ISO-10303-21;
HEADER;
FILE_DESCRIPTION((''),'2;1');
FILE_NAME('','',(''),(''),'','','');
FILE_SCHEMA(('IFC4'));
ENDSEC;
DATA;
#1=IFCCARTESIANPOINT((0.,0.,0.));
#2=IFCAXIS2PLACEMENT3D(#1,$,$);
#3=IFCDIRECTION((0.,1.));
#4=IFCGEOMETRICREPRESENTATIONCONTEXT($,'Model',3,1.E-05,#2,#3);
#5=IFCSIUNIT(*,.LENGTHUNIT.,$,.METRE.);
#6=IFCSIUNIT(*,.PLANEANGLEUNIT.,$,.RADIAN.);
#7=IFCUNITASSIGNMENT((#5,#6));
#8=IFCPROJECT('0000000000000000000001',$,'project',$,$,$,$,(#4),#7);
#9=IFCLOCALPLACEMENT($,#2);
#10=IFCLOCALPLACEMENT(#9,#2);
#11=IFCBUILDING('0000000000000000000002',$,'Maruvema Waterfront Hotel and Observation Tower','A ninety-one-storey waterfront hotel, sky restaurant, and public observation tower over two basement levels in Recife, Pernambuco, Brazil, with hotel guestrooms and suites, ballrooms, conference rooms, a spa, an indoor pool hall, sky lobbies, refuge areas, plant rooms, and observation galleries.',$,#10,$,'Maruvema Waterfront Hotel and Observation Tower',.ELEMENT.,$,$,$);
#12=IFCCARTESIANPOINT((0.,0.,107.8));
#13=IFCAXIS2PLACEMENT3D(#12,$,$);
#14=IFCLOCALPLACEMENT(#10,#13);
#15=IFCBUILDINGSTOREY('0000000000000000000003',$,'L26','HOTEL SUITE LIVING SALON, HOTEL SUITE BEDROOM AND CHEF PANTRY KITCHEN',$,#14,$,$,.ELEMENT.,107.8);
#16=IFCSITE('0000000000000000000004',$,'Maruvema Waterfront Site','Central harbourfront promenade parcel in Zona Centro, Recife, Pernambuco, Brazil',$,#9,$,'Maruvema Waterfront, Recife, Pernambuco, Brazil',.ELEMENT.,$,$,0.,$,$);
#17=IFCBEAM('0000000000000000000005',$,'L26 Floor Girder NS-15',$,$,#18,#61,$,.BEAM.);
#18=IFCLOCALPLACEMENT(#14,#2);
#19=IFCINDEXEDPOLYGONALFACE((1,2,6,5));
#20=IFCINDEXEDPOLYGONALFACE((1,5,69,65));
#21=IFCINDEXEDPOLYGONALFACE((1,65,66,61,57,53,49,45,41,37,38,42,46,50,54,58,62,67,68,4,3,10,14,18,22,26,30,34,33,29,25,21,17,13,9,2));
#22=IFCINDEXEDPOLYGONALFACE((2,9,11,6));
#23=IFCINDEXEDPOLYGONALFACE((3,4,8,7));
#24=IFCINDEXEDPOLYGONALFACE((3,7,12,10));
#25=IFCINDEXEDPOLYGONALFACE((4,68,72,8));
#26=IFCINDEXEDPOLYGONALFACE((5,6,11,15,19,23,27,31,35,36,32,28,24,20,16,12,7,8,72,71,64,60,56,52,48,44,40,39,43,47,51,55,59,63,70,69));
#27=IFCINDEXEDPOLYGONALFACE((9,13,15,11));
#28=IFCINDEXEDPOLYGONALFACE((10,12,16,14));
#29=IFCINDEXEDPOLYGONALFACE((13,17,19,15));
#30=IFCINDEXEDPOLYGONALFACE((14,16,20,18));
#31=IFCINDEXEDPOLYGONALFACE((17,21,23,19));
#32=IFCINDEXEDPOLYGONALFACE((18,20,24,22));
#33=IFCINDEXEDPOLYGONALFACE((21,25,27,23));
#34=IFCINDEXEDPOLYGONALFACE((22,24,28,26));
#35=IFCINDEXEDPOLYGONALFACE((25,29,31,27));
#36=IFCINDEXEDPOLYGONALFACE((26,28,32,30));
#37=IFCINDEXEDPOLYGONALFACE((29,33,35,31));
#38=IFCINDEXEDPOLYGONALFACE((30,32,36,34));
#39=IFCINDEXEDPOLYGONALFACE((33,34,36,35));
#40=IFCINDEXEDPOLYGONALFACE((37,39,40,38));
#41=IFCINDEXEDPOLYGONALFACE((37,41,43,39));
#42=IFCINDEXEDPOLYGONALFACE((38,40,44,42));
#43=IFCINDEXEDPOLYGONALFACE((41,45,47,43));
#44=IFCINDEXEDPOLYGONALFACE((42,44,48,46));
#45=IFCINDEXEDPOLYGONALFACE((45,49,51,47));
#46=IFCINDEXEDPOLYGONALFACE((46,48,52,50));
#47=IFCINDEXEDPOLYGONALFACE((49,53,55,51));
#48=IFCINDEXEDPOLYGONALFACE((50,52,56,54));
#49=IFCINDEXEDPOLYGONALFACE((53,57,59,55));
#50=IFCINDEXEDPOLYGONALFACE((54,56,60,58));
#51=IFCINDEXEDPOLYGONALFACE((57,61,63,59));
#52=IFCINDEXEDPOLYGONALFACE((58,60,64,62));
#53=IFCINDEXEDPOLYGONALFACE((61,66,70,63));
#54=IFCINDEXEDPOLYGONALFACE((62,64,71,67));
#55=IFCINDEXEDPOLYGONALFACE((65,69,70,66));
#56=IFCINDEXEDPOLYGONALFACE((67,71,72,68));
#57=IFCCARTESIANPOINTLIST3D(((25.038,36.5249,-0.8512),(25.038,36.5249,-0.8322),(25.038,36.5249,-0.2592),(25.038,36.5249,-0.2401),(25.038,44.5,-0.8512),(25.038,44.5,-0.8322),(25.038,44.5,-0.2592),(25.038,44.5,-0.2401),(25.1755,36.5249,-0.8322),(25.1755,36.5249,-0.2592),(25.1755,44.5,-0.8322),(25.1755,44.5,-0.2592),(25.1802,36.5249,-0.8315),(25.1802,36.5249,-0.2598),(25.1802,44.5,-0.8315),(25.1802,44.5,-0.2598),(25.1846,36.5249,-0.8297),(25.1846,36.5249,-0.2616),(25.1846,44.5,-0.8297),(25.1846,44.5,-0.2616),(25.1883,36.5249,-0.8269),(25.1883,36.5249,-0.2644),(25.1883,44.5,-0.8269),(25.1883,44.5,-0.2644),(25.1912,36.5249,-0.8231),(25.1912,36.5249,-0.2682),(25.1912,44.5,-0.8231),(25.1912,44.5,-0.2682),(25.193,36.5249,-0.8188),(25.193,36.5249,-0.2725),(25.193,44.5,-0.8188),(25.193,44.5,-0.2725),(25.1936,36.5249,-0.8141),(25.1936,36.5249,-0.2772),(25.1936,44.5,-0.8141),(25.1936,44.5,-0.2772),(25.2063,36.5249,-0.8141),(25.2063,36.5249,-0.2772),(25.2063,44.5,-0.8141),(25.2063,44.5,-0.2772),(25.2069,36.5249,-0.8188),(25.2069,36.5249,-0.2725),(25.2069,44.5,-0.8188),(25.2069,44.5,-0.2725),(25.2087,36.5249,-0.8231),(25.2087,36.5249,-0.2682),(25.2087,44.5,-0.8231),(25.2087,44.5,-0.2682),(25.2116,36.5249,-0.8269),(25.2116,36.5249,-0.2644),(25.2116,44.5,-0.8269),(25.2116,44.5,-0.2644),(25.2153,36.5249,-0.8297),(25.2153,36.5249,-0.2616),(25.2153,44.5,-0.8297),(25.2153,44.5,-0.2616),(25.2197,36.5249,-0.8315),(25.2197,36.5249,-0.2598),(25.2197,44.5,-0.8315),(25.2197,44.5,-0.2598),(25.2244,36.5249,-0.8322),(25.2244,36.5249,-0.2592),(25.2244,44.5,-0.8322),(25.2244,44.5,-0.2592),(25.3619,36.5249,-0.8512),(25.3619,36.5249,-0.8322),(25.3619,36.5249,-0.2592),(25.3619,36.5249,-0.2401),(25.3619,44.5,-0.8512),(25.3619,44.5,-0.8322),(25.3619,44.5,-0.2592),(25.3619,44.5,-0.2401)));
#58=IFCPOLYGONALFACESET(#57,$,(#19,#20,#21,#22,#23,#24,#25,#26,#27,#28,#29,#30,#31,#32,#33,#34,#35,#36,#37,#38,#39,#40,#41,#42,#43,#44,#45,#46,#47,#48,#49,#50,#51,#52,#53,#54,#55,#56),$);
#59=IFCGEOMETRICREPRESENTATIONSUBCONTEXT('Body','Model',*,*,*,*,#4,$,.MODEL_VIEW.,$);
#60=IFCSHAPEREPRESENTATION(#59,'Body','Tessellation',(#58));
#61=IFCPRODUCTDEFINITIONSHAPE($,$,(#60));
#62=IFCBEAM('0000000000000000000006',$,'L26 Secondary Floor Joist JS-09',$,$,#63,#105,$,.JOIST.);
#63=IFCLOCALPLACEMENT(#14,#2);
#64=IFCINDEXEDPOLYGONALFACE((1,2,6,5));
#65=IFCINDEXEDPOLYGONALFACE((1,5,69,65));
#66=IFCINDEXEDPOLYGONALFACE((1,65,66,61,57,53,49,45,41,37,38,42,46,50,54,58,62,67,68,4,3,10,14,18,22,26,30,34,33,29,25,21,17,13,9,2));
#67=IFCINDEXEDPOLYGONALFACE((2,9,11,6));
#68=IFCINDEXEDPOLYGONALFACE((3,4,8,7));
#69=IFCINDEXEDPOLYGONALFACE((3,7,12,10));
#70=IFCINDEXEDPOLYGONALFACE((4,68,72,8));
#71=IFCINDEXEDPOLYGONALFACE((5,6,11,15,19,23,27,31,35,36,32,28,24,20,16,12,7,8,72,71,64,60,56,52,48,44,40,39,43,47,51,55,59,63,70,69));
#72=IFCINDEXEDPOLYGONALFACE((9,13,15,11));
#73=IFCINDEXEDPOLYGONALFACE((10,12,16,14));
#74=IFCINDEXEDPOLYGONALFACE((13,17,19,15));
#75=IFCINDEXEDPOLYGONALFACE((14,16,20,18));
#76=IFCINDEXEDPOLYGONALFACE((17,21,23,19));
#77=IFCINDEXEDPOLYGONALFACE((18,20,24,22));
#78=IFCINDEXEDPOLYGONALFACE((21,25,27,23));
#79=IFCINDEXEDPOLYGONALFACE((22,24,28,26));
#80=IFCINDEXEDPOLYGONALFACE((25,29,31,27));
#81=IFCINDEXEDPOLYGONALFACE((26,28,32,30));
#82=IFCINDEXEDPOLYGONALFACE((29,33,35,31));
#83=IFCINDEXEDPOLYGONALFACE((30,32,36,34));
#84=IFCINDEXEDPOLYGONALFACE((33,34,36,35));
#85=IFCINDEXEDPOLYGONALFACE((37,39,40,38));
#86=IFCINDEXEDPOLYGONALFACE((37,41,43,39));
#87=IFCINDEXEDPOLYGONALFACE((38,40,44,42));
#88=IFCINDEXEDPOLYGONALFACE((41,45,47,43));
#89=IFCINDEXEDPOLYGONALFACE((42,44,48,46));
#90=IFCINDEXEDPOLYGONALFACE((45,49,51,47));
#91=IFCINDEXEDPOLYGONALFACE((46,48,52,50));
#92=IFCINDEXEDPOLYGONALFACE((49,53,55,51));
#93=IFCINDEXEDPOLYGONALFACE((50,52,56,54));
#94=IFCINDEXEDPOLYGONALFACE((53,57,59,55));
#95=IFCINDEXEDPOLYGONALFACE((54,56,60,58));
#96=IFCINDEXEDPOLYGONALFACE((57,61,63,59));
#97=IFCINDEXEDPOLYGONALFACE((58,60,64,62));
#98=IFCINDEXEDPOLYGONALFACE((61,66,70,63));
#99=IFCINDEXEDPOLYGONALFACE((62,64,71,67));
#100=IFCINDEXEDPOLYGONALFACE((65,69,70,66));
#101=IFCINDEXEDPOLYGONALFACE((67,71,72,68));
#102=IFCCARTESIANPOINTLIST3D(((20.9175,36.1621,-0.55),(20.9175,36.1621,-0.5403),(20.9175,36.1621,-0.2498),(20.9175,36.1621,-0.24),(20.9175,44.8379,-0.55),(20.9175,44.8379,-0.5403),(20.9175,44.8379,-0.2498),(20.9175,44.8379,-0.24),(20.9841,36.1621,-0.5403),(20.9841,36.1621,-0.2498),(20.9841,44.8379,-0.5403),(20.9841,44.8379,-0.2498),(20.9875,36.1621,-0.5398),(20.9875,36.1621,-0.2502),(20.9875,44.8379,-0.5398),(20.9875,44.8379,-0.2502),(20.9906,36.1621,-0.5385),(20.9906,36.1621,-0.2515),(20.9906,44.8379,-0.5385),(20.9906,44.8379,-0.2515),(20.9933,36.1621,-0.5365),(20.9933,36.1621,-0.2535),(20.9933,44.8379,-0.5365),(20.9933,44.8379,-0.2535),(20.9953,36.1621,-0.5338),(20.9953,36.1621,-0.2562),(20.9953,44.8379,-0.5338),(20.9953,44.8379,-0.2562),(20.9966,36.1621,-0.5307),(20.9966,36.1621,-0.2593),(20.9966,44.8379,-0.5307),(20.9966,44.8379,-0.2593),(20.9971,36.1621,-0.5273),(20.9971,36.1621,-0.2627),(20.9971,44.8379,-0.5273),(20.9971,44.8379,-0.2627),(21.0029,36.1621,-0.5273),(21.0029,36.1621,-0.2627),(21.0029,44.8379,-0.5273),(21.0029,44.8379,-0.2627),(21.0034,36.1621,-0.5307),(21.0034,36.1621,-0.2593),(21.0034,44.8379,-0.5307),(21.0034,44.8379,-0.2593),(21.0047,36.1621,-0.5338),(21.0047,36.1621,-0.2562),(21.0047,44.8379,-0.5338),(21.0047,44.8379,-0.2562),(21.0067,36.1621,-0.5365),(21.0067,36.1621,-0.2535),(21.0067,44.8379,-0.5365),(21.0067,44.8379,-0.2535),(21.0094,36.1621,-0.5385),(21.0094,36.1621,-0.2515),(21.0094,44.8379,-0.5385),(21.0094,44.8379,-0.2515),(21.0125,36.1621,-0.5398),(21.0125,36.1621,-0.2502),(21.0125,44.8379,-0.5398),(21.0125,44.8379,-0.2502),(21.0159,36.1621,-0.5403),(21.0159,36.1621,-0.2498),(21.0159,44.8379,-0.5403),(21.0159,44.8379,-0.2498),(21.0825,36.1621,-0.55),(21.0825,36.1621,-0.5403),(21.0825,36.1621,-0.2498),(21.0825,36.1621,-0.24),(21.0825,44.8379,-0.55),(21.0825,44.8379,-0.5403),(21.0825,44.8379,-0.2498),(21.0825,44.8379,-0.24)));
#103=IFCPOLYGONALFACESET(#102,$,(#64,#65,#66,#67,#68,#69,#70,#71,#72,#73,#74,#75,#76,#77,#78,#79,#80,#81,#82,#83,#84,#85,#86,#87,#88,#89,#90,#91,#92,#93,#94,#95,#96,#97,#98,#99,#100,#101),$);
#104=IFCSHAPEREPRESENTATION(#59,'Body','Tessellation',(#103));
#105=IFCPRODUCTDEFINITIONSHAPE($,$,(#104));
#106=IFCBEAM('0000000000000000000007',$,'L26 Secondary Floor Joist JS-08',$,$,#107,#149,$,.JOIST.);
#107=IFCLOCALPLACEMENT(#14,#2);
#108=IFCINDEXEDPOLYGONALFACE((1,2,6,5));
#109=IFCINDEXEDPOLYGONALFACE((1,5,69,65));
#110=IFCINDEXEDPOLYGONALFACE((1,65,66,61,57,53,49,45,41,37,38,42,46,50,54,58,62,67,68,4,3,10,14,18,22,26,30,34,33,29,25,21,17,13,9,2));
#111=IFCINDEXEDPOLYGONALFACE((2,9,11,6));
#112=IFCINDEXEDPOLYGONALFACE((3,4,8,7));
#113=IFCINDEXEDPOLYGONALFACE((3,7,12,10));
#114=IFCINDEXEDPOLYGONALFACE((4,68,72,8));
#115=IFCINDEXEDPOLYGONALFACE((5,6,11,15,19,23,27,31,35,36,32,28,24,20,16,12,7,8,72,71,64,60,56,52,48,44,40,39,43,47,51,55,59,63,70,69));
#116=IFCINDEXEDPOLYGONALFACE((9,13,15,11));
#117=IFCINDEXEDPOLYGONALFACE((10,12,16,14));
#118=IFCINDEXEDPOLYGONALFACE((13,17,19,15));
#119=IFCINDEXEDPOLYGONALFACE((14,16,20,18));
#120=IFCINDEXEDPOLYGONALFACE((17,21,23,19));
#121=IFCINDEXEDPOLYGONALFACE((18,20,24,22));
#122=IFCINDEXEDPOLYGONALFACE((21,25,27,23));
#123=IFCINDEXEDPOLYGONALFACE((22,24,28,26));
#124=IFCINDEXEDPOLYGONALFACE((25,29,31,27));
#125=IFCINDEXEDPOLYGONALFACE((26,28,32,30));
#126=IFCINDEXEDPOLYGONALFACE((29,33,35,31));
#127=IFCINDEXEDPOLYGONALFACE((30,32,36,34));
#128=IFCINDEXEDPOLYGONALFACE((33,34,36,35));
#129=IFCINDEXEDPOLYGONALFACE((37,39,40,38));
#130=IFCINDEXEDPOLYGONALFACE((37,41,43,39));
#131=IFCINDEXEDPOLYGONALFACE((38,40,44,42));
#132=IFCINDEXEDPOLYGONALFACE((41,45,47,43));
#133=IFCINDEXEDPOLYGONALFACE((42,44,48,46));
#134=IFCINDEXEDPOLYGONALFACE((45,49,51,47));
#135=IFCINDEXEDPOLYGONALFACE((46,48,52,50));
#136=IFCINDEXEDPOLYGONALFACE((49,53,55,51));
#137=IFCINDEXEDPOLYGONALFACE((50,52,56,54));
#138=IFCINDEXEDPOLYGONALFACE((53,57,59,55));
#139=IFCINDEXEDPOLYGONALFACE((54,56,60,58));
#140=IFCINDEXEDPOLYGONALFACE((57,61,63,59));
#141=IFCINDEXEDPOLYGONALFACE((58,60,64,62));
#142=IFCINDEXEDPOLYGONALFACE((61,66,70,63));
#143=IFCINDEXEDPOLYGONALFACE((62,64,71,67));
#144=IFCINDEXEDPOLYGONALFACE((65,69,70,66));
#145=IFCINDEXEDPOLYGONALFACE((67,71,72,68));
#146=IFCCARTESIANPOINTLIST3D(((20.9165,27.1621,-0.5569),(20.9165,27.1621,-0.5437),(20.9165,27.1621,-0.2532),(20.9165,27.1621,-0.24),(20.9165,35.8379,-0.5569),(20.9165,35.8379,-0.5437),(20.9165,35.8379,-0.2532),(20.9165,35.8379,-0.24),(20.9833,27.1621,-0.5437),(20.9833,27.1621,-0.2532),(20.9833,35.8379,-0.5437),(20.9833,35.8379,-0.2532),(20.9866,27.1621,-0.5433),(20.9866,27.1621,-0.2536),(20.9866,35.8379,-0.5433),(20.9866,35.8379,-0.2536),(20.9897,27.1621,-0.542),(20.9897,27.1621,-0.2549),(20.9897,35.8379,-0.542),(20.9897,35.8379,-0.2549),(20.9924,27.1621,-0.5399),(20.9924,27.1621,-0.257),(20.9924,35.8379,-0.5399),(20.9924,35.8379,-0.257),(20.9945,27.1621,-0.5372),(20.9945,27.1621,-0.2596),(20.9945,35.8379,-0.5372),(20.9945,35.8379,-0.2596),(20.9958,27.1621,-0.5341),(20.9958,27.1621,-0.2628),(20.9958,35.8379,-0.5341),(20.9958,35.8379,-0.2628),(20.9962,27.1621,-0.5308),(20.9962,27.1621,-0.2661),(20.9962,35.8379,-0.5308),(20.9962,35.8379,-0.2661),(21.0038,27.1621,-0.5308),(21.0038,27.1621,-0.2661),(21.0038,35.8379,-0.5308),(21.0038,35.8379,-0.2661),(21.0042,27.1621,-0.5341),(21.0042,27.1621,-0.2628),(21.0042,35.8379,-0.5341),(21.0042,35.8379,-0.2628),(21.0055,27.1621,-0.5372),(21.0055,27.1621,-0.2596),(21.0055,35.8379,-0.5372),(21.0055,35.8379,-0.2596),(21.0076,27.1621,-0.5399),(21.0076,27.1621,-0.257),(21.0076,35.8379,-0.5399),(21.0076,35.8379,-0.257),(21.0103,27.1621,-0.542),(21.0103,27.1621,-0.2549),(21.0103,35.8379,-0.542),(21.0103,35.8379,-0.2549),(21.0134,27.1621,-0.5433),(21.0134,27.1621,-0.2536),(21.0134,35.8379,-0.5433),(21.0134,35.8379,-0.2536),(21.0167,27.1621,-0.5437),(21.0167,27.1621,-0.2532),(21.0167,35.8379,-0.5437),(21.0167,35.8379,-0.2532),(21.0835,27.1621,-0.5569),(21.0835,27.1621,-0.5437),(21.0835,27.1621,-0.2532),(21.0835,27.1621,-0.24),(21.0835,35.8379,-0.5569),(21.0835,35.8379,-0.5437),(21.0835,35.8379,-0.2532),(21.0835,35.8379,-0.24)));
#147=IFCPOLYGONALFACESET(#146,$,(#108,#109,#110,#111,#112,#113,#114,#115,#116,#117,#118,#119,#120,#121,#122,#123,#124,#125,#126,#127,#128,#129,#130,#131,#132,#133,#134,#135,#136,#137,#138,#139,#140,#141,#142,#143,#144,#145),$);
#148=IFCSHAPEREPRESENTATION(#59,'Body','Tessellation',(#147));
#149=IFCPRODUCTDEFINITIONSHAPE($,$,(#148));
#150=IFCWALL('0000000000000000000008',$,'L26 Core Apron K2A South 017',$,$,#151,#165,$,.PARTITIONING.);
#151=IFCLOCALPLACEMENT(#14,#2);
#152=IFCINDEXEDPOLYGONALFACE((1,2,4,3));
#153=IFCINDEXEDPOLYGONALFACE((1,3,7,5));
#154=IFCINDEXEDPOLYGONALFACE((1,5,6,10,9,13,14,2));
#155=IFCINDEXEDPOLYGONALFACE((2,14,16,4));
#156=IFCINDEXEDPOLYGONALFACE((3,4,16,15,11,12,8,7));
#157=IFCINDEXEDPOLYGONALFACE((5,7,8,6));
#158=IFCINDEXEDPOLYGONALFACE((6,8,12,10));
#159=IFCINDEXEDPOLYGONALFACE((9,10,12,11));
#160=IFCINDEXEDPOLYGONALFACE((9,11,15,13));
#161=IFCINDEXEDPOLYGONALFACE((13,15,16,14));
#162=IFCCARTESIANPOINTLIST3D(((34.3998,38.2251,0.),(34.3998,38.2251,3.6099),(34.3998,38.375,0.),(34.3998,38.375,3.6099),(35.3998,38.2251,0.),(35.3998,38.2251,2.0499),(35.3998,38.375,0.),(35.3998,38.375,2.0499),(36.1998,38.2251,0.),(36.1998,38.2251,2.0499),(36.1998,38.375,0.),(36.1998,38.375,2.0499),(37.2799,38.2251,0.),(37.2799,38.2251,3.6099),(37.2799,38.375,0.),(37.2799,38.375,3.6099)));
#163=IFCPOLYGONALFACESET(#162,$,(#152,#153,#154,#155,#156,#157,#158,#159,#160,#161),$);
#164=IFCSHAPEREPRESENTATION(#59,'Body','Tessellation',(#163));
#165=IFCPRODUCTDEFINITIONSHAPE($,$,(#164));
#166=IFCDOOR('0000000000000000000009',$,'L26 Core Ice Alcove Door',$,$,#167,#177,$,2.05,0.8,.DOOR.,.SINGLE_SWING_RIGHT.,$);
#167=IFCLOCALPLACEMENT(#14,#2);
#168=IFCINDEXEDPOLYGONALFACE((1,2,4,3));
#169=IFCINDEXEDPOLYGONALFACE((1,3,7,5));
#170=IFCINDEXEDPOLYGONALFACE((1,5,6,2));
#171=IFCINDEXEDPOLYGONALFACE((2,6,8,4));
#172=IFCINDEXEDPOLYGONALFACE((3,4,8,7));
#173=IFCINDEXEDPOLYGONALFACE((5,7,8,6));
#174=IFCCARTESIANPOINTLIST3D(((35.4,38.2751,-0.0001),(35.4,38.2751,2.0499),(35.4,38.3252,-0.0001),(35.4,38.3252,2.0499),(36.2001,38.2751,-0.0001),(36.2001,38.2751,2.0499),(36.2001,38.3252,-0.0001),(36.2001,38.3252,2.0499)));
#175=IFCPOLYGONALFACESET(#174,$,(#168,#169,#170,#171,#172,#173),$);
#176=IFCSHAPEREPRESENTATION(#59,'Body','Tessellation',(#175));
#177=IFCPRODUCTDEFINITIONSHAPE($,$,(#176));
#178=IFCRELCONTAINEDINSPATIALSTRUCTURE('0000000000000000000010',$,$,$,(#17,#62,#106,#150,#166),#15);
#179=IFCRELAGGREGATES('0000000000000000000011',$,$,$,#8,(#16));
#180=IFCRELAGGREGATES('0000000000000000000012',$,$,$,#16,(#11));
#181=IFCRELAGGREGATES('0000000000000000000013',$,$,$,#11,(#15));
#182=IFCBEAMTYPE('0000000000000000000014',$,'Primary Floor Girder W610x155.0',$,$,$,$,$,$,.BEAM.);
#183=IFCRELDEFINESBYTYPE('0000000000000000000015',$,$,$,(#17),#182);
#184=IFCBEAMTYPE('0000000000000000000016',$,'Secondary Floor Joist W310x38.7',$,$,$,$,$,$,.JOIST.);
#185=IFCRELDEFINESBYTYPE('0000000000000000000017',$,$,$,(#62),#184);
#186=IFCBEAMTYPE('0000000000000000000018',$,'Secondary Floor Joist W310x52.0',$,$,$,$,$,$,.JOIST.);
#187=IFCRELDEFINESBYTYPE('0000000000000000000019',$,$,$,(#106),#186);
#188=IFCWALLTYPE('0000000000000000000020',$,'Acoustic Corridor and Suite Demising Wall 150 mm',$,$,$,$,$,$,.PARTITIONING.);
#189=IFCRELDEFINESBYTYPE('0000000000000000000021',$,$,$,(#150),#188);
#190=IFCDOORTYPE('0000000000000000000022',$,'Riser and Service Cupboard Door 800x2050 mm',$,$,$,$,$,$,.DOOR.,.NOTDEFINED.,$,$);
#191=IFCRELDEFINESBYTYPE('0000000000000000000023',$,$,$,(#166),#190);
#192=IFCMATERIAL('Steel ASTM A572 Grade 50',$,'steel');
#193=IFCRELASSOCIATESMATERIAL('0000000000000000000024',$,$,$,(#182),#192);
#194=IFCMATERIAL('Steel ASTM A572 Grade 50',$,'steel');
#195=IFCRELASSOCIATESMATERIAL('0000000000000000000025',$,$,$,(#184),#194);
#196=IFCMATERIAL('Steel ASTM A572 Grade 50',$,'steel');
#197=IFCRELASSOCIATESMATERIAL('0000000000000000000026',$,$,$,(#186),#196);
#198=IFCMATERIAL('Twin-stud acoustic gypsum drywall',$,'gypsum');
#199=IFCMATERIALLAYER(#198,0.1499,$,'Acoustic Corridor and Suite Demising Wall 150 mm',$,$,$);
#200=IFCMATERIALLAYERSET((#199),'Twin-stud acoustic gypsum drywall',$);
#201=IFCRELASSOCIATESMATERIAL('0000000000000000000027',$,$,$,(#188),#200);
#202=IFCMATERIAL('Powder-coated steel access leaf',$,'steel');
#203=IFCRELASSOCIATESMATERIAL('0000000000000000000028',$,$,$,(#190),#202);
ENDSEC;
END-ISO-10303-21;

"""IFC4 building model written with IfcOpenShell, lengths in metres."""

from ifc_helpers import new_model, si_unit, direction, frame, frame_2d, origin, origin_2d, place, context, subcontext, project, spatial, rectangle, i_section, extrude, material, layer, layer_set, material_profile, profile_set, type_object, element, fill, save


model = new_model("IFC4")

# Units and contexts
model_context = context("Model", 3, precision=1e-05, world=origin(), true_north=direction((0.0, 1.0)))
body_context = subcontext(model_context, "Body", "Model", "MODEL_VIEW")
ifc_project = project(units=[si_unit("LENGTHUNIT", "METRE"), si_unit("PLANEANGLEUNIT", "RADIAN")], contexts=[model_context])

# Site, building, storey
site_placement = place(None, origin())
site = spatial("IfcSite", under=ifc_project, at=site_placement, Name="Maruvema Waterfront Site", Description="Central harbourfront promenade parcel in Zona Centro, Recife, Pernambuco, Brazil", LongName="Maruvema Waterfront, Recife, Pernambuco, Brazil", CompositionType="ELEMENT", RefElevation=0.0)
building_placement = place(site_placement, origin())
building = spatial("IfcBuilding", under=site, at=building_placement, Name="Maruvema Waterfront Hotel and Observation Tower", Description="A ninety-one-storey waterfront hotel, sky restaurant, and public observation tower over two basement levels in Recife, Pernambuco, Brazil, with hotel guestrooms and suites, ballrooms, conference rooms, a spa, an indoor pool hall, sky lobbies, refuge areas, plant rooms, and observation galleries.", LongName="Maruvema Waterfront Hotel and Observation Tower", CompositionType="ELEMENT")
storey_placement = place(building_placement, frame((0.0, 0.0, 107.8)))
storey = spatial("IfcBuildingStorey", under=building, at=storey_placement, Name="L26", Description="HOTEL SUITE LIVING SALON, HOTEL SUITE BEDROOM AND CHEF PANTRY KITCHEN", CompositionType="ELEMENT", Elevation=107.8)

# Beams
ifc_material_1 = material(Name="Steel ASTM A572 Grade 50", Category="steel")
ifc_material_profile_1 = material_profile(ifc_material_1, i_section(OverallWidth=0.324, OverallDepth=0.6111, WebThickness=0.0127, FlangeThickness=0.019, FilletRadius=0.0181, at=origin_2d()), Name="W610x155.0")
ifc_profile_set_1 = profile_set([ifc_material_profile_1], Name="Steel ASTM A572 Grade 50")
beam_type_1 = type_object("IfcBeamType", Name="Primary Floor Girder W610x155.0", PredefinedType="BEAM", material=ifc_profile_set_1)
for number, where, z_axis, x_axis, name in (
    (1, (25.2, 36.5249, -0.5457), (0.0, 1.0, 0.0), (-1.0, 0.0, 0.0), "L26 Floor Girder NS-15"),
):
    element("IfcBeam", number, at=place(storey_placement, frame(where, z_axis=z_axis, x_axis=x_axis)), inside=storey, type_object=beam_type_1, Name=name, PredefinedType="BEAM", context=body_context, shape_type="SweptSolid", body=[
        extrude(i_section(OverallWidth=0.324, OverallDepth=0.6111, WebThickness=0.0127, FlangeThickness=0.019, FilletRadius=0.0181, at=origin_2d()), origin(), (0.0, 0.0, 1.0), 7.9751),
    ])
ifc_material_2 = material(Name="Steel ASTM A572 Grade 50", Category="steel")
ifc_material_profile_2 = material_profile(ifc_material_2, i_section(OverallWidth=0.165, OverallDepth=0.3101, WebThickness=0.0059, FlangeThickness=0.0098, FilletRadius=0.0129, at=origin_2d()), Name="W310x38.7")
ifc_profile_set_2 = profile_set([ifc_material_profile_2], Name="Steel ASTM A572 Grade 50")
beam_type_2 = type_object("IfcBeamType", Name="Secondary Floor Joist W310x38.7", PredefinedType="JOIST", material=ifc_profile_set_2)
beam_1_placement = place(storey_placement, frame((21.0, 36.1621, -0.395), z_axis=(0.0, 1.0, 0.0), x_axis=(-1.0, 0.0, 0.0)))
element("IfcBeam", 2, at=beam_1_placement, inside=storey, type_object=beam_type_2, Name="L26 Secondary Floor Joist JS-09", PredefinedType="JOIST", context=body_context, shape_type="SweptSolid", body=[
    extrude(i_section(OverallWidth=0.165, OverallDepth=0.3101, WebThickness=0.0059, FlangeThickness=0.0098, FilletRadius=0.0129, at=origin_2d()), origin(), (0.0, 0.0, 1.0), 8.6758),
])
ifc_material_3 = material(Name="Steel ASTM A572 Grade 50", Category="steel")
ifc_material_profile_3 = material_profile(ifc_material_3, i_section(OverallWidth=0.167, OverallDepth=0.3169, WebThickness=0.0076, FlangeThickness=0.0132, FilletRadius=0.0129, at=origin_2d()), Name="W310x52.0")
ifc_profile_set_3 = profile_set([ifc_material_profile_3], Name="Steel ASTM A572 Grade 50")
beam_type_3 = type_object("IfcBeamType", Name="Secondary Floor Joist W310x52.0", PredefinedType="JOIST", material=ifc_profile_set_3)
beam_2_placement = place(storey_placement, frame((21.0, 27.1621, -0.3984), z_axis=(0.0, 1.0, 0.0), x_axis=(-1.0, 0.0, 0.0)))
element("IfcBeam", 3, at=beam_2_placement, inside=storey, type_object=beam_type_3, Name="L26 Secondary Floor Joist JS-08", PredefinedType="JOIST", context=body_context, shape_type="SweptSolid", body=[
    extrude(i_section(OverallWidth=0.167, OverallDepth=0.3169, WebThickness=0.0076, FlangeThickness=0.0132, FilletRadius=0.0129, at=origin_2d()), origin(), (0.0, 0.0, 1.0), 8.6758),
])

# Wall, opening, door
ifc_material_4 = material(Name="Twin-stud acoustic gypsum drywall", Category="gypsum")
ifc_layer_1 = layer(ifc_material_4, 0.1499, Name="Acoustic Corridor and Suite Demising Wall 150 mm")
ifc_layer_set_1 = layer_set([ifc_layer_1], Name="Twin-stud acoustic gypsum drywall")
wall_type_1 = type_object("IfcWallType", Name="Acoustic Corridor and Suite Demising Wall 150 mm", PredefinedType="PARTITIONING", material=ifc_layer_set_1)
wall_1_placement = place(storey_placement, frame((34.3999, 38.3, 0.0), z_axis=(0.0, 0.0, 1.0), x_axis=(1.0, 0.0, 0.0)))
wall_1 = element("IfcWall", 4, at=wall_1_placement, inside=storey, type_object=wall_type_1, Name="L26 Core Apron K2A South 017", PredefinedType="PARTITIONING", context=body_context, shape_type="SweptSolid", body=[
    extrude(rectangle(XDim=2.8801, YDim=0.1499, at=frame_2d((1.4399, 0.0))), origin(), (0.0, 0.0, 1.0), 3.6099),
])
opening_1_placement = place(wall_1_placement, frame((1.0, 0.0, 0.0)))
opening_1 = element("IfcOpeningElement", 5, at=opening_1_placement, cuts=wall_1, PredefinedType="OPENING", context=body_context, shape_type="SweptSolid", body=[
    extrude(rectangle(XDim=0.8, YDim=2.05, at=frame_2d((0.3999, 1.0249))), frame((0.0, 0.085, 0.0), z_axis=(0.0, -1.0, 0.0), x_axis=(1.0, 0.0, 0.0)), (0.0, 0.0, 1.0), 0.1699),
])
ifc_material_5 = material(Name="Powder-coated steel access leaf", Category="steel")
door_type_1 = type_object("IfcDoorType", Name="Riser and Service Cupboard Door 800x2050 mm", OperationType="NOTDEFINED", PredefinedType="DOOR", material=ifc_material_5)
door_1_placement = place(opening_1_placement, frame((0.8, 0.0, 0.0), z_axis=(0.0, 0.0, 1.0), x_axis=(-1.0, 0.0, 0.0)))
door_1 = element("IfcDoor", 6, at=door_1_placement, inside=storey, type_object=door_type_1, Name="L26 Core Ice Alcove Door", OperationType="SINGLE_SWING_RIGHT", OverallHeight=2.05, OverallWidth=0.8, PredefinedType="DOOR", context=body_context, shape_type="SweptSolid", body=[
    extrude(rectangle(XDim=0.8, YDim=2.05, at=frame_2d((0.3999, 1.0249))), frame((0.0, 0.0249, 0.0), z_axis=(0.0, -1.0, 0.0), x_axis=(1.0, 0.0, 0.0)), (0.0, 0.0, 1.0), 0.05),
])
fill(opening_1, door_1)

save(model, "model.ifc")
